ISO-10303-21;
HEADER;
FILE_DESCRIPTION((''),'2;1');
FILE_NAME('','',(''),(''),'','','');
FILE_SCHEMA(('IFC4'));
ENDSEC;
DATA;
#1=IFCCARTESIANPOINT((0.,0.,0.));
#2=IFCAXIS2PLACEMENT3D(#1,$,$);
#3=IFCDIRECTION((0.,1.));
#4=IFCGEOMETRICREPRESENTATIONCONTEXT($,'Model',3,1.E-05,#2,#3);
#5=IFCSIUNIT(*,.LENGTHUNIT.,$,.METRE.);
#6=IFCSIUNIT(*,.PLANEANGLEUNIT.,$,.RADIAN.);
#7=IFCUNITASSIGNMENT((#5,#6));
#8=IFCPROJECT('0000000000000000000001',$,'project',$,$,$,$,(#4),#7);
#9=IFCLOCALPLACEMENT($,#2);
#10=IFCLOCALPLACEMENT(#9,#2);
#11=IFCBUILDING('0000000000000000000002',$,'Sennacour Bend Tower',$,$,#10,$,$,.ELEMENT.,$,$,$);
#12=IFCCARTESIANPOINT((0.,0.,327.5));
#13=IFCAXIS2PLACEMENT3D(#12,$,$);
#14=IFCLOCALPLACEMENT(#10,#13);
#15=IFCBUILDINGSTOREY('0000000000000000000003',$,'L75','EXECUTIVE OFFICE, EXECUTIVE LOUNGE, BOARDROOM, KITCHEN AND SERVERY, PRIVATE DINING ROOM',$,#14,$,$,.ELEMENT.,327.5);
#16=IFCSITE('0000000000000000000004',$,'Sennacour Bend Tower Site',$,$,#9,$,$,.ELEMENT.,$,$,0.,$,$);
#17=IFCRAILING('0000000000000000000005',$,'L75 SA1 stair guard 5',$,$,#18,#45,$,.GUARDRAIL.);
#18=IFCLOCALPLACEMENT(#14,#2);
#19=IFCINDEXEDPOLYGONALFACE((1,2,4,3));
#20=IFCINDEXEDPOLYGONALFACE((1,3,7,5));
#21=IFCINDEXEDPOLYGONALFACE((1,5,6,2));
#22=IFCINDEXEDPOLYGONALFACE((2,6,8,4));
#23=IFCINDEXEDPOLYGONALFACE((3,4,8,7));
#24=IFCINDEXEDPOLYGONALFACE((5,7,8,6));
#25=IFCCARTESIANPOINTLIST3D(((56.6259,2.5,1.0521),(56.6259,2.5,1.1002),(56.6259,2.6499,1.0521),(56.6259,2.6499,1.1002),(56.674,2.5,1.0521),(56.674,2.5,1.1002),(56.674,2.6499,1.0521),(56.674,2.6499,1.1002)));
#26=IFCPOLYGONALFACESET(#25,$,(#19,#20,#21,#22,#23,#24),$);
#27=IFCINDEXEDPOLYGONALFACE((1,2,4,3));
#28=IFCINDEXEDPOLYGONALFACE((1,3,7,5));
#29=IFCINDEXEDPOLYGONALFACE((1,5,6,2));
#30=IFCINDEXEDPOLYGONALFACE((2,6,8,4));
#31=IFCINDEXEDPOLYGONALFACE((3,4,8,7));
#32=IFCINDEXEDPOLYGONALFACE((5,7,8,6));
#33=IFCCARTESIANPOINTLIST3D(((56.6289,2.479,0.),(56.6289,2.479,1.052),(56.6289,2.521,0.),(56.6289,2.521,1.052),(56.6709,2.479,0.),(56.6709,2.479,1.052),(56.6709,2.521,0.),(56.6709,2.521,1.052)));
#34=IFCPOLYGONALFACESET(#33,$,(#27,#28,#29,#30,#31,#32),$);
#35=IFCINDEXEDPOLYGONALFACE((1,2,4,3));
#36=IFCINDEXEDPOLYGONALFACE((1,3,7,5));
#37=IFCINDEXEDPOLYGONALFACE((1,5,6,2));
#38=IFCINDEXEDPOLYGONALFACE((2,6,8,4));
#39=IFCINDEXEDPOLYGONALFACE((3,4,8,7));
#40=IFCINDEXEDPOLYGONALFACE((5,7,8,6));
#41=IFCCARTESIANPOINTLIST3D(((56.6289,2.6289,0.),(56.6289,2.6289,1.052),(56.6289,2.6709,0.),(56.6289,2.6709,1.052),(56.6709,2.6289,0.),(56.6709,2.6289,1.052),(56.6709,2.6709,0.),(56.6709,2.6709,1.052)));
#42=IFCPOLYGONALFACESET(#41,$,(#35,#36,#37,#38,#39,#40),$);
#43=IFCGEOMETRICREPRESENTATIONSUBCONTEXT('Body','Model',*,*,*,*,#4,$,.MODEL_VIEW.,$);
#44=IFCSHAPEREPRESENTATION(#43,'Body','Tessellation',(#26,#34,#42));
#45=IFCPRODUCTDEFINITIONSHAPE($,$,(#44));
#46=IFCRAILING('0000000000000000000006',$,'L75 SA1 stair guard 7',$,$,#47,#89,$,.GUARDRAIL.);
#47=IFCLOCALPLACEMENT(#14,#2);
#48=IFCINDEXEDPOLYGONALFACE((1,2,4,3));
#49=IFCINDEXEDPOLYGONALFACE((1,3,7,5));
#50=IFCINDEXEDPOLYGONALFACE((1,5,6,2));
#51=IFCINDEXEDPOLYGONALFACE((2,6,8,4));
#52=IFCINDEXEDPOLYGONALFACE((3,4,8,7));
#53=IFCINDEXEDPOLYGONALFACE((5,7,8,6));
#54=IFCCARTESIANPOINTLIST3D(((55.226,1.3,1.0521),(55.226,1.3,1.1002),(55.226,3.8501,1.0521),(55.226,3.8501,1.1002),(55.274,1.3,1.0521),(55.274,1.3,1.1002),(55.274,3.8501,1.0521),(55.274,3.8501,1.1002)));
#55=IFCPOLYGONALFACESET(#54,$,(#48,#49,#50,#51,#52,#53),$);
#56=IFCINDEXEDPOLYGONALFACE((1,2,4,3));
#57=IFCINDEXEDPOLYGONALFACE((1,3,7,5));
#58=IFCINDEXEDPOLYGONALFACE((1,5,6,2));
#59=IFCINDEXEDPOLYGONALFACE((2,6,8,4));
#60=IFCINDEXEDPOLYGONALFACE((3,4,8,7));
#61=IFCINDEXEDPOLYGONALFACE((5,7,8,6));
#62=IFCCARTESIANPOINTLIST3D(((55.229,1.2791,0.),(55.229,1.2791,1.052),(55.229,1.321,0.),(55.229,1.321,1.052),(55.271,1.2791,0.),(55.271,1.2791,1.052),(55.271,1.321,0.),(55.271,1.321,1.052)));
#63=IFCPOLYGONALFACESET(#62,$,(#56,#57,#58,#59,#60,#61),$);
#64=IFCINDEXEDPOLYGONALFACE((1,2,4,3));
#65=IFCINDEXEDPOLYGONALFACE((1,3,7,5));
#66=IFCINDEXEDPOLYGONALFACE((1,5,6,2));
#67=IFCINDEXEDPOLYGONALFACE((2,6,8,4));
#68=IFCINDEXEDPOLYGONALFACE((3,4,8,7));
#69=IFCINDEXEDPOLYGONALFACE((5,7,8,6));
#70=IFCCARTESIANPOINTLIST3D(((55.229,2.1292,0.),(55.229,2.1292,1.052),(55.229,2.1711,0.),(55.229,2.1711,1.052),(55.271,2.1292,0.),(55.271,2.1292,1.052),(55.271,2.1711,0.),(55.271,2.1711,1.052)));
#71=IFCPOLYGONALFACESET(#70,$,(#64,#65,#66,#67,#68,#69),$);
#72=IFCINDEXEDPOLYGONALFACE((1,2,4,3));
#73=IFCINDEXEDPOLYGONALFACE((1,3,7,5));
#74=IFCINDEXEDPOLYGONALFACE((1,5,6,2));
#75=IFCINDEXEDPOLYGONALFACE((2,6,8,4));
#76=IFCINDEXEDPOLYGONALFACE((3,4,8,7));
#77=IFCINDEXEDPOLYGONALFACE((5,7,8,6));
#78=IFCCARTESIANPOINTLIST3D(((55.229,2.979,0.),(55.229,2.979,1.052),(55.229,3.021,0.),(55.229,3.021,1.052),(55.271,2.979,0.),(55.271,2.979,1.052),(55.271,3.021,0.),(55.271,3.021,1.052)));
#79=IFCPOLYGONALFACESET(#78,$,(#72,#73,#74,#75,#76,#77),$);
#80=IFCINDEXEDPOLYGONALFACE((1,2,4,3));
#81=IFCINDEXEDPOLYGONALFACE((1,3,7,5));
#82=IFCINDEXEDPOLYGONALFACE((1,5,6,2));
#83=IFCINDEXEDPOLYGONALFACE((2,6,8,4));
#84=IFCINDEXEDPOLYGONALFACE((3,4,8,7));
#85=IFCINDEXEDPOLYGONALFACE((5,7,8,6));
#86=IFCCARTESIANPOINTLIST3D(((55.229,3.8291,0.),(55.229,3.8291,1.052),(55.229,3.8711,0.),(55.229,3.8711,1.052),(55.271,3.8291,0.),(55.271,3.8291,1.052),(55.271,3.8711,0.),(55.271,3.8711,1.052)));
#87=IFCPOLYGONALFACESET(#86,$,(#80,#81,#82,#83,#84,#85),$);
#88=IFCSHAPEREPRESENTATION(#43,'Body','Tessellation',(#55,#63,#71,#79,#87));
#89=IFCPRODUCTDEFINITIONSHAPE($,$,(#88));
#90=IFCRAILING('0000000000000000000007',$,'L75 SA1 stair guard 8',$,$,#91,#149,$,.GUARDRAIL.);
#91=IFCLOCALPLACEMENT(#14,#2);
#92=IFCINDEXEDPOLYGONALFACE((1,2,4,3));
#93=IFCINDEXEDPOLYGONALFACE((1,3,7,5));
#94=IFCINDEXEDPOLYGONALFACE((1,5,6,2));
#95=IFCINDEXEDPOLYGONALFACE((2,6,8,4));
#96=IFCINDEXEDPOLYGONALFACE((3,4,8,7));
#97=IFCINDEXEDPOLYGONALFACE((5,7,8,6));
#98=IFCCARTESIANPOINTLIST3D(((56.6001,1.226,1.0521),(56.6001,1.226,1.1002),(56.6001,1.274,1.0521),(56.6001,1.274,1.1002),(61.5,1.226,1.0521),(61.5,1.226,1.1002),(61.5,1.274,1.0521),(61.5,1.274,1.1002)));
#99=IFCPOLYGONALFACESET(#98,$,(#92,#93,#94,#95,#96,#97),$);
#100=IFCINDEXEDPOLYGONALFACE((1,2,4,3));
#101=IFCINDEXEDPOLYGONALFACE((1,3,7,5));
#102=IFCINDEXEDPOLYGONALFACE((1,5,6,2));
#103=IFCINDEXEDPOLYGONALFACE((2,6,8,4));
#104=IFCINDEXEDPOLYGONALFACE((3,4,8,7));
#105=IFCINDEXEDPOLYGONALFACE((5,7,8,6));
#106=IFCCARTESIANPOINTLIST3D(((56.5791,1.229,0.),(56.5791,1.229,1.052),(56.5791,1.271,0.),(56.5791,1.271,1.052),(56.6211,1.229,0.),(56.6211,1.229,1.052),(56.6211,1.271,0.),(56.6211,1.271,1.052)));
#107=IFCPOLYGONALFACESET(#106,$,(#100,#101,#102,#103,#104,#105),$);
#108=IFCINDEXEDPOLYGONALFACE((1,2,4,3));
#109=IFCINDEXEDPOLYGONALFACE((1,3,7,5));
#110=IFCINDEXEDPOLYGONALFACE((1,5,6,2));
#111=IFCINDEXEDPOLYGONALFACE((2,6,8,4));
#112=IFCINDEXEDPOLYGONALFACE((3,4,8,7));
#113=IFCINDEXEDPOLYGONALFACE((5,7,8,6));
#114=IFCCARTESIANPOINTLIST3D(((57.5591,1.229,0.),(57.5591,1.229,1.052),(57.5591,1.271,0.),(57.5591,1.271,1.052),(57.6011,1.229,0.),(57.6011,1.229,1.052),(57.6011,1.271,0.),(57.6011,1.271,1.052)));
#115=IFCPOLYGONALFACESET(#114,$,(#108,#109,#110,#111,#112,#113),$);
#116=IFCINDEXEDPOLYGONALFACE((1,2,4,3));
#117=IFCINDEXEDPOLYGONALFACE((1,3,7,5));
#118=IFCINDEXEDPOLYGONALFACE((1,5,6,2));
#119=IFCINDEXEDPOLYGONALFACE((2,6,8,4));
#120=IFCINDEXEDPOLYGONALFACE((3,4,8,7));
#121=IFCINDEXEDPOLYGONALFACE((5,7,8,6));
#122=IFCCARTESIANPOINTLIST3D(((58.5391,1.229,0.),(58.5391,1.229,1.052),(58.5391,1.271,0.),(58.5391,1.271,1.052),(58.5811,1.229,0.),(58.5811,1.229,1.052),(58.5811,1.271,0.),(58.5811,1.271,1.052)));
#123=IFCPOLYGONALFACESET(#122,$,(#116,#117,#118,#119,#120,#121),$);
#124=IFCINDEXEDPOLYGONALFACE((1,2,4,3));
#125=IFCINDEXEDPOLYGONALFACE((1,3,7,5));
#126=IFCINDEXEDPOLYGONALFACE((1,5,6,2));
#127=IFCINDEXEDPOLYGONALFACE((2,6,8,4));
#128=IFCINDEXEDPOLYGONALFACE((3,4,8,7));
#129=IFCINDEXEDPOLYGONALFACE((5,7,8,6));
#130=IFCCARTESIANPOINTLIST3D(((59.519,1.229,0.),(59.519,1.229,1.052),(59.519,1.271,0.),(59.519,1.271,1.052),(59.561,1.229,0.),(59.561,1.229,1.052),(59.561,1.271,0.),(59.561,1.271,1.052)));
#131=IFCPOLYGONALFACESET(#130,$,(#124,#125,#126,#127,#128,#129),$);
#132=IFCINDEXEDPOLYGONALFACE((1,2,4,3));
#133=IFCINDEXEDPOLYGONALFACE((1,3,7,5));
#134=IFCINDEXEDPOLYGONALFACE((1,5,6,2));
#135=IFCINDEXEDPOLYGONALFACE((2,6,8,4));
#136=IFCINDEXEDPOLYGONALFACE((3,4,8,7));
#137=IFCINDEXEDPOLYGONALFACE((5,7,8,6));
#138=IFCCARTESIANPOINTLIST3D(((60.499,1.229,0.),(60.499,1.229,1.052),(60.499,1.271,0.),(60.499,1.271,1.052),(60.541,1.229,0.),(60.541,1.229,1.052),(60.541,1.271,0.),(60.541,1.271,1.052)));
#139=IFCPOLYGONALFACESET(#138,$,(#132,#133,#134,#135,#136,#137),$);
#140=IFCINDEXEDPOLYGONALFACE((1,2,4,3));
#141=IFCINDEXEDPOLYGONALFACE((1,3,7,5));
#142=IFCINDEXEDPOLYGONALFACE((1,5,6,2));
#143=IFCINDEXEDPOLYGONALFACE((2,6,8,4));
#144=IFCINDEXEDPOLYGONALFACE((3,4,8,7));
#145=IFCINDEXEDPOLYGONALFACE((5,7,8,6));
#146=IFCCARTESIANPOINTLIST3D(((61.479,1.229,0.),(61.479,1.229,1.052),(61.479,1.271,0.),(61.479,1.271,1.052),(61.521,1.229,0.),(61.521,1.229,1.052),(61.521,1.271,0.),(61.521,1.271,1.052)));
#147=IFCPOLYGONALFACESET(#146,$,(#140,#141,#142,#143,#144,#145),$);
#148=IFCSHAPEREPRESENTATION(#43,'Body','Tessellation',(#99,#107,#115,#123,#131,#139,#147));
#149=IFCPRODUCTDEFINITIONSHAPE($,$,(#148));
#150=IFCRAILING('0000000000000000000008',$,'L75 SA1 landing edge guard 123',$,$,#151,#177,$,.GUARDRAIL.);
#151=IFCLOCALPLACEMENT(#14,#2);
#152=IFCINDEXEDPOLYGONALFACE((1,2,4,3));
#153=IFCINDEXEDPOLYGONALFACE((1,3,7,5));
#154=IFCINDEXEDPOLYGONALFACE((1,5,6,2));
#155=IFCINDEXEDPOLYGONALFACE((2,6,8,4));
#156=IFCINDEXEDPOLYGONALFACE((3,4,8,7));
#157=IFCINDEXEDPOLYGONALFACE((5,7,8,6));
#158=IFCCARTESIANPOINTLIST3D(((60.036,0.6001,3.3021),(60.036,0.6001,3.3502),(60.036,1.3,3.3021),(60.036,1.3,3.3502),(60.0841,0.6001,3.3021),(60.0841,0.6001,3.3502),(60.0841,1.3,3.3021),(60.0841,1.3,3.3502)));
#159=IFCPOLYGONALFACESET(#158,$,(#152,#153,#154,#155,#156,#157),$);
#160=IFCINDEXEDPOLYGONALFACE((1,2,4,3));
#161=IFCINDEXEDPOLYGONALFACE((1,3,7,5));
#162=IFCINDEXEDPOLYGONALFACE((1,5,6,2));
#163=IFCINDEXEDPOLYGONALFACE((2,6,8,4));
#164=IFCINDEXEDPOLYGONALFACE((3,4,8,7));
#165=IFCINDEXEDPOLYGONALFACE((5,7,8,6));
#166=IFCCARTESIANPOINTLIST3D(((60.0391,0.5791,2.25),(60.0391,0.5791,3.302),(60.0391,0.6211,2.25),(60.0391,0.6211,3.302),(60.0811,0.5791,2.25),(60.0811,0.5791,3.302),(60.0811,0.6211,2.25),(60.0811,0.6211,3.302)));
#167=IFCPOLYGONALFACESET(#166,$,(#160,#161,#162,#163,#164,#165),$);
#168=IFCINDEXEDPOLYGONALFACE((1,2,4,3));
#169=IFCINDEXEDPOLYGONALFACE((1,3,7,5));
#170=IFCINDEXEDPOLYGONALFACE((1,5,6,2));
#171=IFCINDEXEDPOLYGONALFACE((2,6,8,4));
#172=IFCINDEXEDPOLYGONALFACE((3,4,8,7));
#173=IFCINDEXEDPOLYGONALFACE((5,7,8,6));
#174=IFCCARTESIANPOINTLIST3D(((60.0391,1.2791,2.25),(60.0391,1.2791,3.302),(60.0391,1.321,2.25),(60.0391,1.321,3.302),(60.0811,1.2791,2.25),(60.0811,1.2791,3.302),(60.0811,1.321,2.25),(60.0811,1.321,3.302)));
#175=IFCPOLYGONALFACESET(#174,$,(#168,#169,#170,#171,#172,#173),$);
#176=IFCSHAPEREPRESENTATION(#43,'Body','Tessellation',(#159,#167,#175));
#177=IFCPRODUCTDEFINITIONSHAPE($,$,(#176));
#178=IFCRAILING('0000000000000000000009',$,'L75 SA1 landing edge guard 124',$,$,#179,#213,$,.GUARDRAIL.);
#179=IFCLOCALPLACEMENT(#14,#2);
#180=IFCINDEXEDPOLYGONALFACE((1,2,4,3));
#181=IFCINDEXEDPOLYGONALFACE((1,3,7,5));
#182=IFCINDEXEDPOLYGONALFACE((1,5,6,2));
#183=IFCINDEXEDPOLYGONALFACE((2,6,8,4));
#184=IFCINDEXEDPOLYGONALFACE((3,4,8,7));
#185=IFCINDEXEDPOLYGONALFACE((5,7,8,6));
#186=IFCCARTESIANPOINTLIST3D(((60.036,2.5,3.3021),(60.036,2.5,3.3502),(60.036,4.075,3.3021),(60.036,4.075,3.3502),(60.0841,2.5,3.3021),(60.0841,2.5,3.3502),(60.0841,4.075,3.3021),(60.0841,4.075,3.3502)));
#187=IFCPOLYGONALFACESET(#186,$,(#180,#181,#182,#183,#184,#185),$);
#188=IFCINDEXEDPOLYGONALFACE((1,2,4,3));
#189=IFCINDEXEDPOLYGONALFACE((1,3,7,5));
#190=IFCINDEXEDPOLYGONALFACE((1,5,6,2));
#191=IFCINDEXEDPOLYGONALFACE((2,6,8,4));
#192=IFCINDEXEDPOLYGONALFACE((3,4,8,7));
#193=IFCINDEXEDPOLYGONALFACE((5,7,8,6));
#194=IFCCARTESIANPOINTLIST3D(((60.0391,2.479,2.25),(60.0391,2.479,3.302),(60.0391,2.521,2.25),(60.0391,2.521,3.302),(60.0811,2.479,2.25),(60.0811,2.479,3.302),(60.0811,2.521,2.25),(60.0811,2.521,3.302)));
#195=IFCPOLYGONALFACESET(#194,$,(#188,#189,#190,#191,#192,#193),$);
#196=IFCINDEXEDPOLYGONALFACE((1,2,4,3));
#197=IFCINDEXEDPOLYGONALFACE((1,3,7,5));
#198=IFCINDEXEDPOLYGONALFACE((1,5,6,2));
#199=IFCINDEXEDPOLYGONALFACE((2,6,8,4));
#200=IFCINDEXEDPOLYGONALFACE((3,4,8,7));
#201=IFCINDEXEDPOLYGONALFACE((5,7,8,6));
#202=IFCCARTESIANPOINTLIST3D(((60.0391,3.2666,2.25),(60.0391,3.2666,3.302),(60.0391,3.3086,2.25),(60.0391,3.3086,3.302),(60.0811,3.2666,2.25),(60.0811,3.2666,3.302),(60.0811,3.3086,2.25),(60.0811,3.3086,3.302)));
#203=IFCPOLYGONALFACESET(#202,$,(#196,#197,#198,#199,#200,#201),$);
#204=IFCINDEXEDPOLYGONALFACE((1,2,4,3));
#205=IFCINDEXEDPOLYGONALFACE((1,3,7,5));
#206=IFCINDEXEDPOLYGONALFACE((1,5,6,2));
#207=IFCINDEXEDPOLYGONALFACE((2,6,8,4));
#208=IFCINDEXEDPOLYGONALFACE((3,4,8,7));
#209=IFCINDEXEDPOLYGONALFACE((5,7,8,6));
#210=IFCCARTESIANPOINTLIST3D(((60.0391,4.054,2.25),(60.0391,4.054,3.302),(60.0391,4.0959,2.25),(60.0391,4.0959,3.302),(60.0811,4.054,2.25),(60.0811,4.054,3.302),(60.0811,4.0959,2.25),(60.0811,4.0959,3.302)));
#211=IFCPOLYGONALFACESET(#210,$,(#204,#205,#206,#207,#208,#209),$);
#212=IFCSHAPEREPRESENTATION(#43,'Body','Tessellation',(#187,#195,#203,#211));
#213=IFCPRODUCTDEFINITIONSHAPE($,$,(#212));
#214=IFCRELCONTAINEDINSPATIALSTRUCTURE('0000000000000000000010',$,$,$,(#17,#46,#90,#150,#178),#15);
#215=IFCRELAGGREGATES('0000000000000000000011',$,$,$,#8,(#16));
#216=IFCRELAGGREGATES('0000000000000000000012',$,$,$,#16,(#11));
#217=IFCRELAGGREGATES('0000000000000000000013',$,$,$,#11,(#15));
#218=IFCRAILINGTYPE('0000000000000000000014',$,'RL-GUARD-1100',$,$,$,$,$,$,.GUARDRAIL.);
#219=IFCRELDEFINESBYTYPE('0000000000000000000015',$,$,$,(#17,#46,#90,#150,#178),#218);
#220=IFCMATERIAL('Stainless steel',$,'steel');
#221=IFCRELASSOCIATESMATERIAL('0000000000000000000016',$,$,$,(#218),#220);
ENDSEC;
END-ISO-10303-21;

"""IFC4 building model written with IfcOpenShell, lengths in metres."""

from ifc_helpers import new_model, si_unit, direction, frame, origin, origin_2d, place, context, subcontext, project, spatial, rectangle, extrude, material, type_object, element, save


model = new_model("IFC4")

# Units and contexts
model_context = context("Model", 3, precision=1e-05, world=origin(), true_north=direction((0.0, 1.0)))
body_context = subcontext(model_context, "Body", "Model", "MODEL_VIEW")
ifc_project = project(units=[si_unit("LENGTHUNIT", "METRE"), si_unit("PLANEANGLEUNIT", "RADIAN")], contexts=[model_context])

# Site, building, storey
site_placement = place(None, origin())
site = spatial("IfcSite", under=ifc_project, at=site_placement, Name="Sennacour Bend Tower Site", CompositionType="ELEMENT", RefElevation=0.0)
building_placement = place(site_placement, origin())
building = spatial("IfcBuilding", under=site, at=building_placement, Name="Sennacour Bend Tower", CompositionType="ELEMENT")
storey_placement = place(building_placement, frame((0.0, 0.0, 327.5)))
storey = spatial("IfcBuildingStorey", under=building, at=storey_placement, Name="L75", Description="EXECUTIVE OFFICE, EXECUTIVE LOUNGE, BOARDROOM, KITCHEN AND SERVERY, PRIVATE DINING ROOM", CompositionType="ELEMENT", Elevation=327.5)

# Shared definitions
ifc_material_1 = material(Name="Stainless steel", Category="steel")

# Railings
railing_type_1 = type_object("IfcRailingType", Name="RL-GUARD-1100", PredefinedType="GUARDRAIL", material=ifc_material_1)
railing_1_placement = place(storey_placement, frame((56.6499, 2.5, 0.0)))
element("IfcRailing", 1, at=railing_1_placement, inside=storey, type_object=railing_type_1, Name="L75 SA1 stair guard 5", PredefinedType="GUARDRAIL", context=body_context, shape_type="SweptSolid", body=[
    extrude(rectangle(XDim=0.0481, YDim=0.0481, at=origin_2d()), frame((0.0, 0.0, 1.0762), z_axis=(0.0, 1.0, 0.0), x_axis=(-1.0, 0.0, 0.0)), (0.0, 0.0, 1.0), 0.1499),
    extrude(rectangle(XDim=0.042, YDim=0.042, at=origin_2d()), origin(), (0.0, 0.0, 1.0), 1.052),
    extrude(rectangle(XDim=0.042, YDim=0.042, at=origin_2d()), frame((0.0, 0.1499, 0.0)), (0.0, 0.0, 1.0), 1.052),
])
railing_2_placement = place(storey_placement, frame((55.25, 1.3, 0.0)))
element("IfcRailing", 2, at=railing_2_placement, inside=storey, type_object=railing_type_1, Name="L75 SA1 stair guard 7", PredefinedType="GUARDRAIL", context=body_context, shape_type="SweptSolid", body=[
    extrude(rectangle(XDim=0.0481, YDim=0.0481, at=origin_2d()), frame((0.0, 0.0, 1.0762), z_axis=(0.0, 1.0, 0.0), x_axis=(-1.0, 0.0, 0.0)), (0.0, 0.0, 1.0), 2.55),
    extrude(rectangle(XDim=0.042, YDim=0.042, at=origin_2d()), origin(), (0.0, 0.0, 1.0), 1.052),
    extrude(rectangle(XDim=0.042, YDim=0.042, at=origin_2d()), frame((0.0, 0.8501, 0.0)), (0.0, 0.0, 1.0), 1.052),
    extrude(rectangle(XDim=0.042, YDim=0.042, at=origin_2d()), frame((0.0, 1.7, 0.0)), (0.0, 0.0, 1.0), 1.052),
    extrude(rectangle(XDim=0.042, YDim=0.042, at=origin_2d()), frame((0.0, 2.55, 0.0)), (0.0, 0.0, 1.0), 1.052),
])
railing_3_placement = place(storey_placement, frame((56.6001, 1.25, 0.0)))
element("IfcRailing", 3, at=railing_3_placement, inside=storey, type_object=railing_type_1, Name="L75 SA1 stair guard 8", PredefinedType="GUARDRAIL", context=body_context, shape_type="SweptSolid", body=[
    extrude(rectangle(XDim=0.0481, YDim=0.0481, at=origin_2d()), frame((0.0, 0.0, 1.0762), z_axis=(1.0, 0.0, 0.0), x_axis=(0.0, 1.0, 0.0)), (0.0, 0.0, 1.0), 4.8999),
    extrude(rectangle(XDim=0.042, YDim=0.042, at=origin_2d()), origin(), (0.0, 0.0, 1.0), 1.052),
    extrude(rectangle(XDim=0.042, YDim=0.042, at=origin_2d()), frame((0.98, 0.0, 0.0)), (0.0, 0.0, 1.0), 1.052),
    extrude(rectangle(XDim=0.042, YDim=0.042, at=origin_2d()), frame((1.96, 0.0, 0.0)), (0.0, 0.0, 1.0), 1.052),
    extrude(rectangle(XDim=0.042, YDim=0.042, at=origin_2d()), frame((2.9399, 0.0, 0.0)), (0.0, 0.0, 1.0), 1.052),
    extrude(rectangle(XDim=0.042, YDim=0.042, at=origin_2d()), frame((3.9199, 0.0, 0.0)), (0.0, 0.0, 1.0), 1.052),
    extrude(rectangle(XDim=0.042, YDim=0.042, at=origin_2d()), frame((4.8999, 0.0, 0.0)), (0.0, 0.0, 1.0), 1.052),
])
railing_4_placement = place(storey_placement, frame((60.0601, 0.6001, 2.25)))
element("IfcRailing", 4, at=railing_4_placement, inside=storey, type_object=railing_type_1, Name="L75 SA1 landing edge guard 123", PredefinedType="GUARDRAIL", context=body_context, shape_type="SweptSolid", body=[
    extrude(rectangle(XDim=0.0481, YDim=0.0481, at=origin_2d()), frame((0.0, 0.0, 1.0762), z_axis=(0.0, 1.0, 0.0), x_axis=(-1.0, 0.0, 0.0)), (0.0, 0.0, 1.0), 0.7),
    extrude(rectangle(XDim=0.042, YDim=0.042, at=origin_2d()), origin(), (0.0, 0.0, 1.0), 1.052),
    extrude(rectangle(XDim=0.042, YDim=0.042, at=origin_2d()), frame((0.0, 0.7, 0.0)), (0.0, 0.0, 1.0), 1.052),
])
railing_5_placement = place(storey_placement, frame((60.0601, 2.5, 2.25)))
element("IfcRailing", 5, at=railing_5_placement, inside=storey, type_object=railing_type_1, Name="L75 SA1 landing edge guard 124", PredefinedType="GUARDRAIL", context=body_context, shape_type="SweptSolid", body=[
    extrude(rectangle(XDim=0.0481, YDim=0.0481, at=origin_2d()), frame((0.0, 0.0, 1.0762), z_axis=(0.0, 1.0, 0.0), x_axis=(-1.0, 0.0, 0.0)), (0.0, 0.0, 1.0), 1.575),
    extrude(rectangle(XDim=0.042, YDim=0.042, at=origin_2d()), origin(), (0.0, 0.0, 1.0), 1.052),
    extrude(rectangle(XDim=0.042, YDim=0.042, at=origin_2d()), frame((0.0, 0.7876, 0.0)), (0.0, 0.0, 1.0), 1.052),
    extrude(rectangle(XDim=0.042, YDim=0.042, at=origin_2d()), frame((0.0, 1.575, 0.0)), (0.0, 0.0, 1.0), 1.052),
])

save(model, "model.ifc")
